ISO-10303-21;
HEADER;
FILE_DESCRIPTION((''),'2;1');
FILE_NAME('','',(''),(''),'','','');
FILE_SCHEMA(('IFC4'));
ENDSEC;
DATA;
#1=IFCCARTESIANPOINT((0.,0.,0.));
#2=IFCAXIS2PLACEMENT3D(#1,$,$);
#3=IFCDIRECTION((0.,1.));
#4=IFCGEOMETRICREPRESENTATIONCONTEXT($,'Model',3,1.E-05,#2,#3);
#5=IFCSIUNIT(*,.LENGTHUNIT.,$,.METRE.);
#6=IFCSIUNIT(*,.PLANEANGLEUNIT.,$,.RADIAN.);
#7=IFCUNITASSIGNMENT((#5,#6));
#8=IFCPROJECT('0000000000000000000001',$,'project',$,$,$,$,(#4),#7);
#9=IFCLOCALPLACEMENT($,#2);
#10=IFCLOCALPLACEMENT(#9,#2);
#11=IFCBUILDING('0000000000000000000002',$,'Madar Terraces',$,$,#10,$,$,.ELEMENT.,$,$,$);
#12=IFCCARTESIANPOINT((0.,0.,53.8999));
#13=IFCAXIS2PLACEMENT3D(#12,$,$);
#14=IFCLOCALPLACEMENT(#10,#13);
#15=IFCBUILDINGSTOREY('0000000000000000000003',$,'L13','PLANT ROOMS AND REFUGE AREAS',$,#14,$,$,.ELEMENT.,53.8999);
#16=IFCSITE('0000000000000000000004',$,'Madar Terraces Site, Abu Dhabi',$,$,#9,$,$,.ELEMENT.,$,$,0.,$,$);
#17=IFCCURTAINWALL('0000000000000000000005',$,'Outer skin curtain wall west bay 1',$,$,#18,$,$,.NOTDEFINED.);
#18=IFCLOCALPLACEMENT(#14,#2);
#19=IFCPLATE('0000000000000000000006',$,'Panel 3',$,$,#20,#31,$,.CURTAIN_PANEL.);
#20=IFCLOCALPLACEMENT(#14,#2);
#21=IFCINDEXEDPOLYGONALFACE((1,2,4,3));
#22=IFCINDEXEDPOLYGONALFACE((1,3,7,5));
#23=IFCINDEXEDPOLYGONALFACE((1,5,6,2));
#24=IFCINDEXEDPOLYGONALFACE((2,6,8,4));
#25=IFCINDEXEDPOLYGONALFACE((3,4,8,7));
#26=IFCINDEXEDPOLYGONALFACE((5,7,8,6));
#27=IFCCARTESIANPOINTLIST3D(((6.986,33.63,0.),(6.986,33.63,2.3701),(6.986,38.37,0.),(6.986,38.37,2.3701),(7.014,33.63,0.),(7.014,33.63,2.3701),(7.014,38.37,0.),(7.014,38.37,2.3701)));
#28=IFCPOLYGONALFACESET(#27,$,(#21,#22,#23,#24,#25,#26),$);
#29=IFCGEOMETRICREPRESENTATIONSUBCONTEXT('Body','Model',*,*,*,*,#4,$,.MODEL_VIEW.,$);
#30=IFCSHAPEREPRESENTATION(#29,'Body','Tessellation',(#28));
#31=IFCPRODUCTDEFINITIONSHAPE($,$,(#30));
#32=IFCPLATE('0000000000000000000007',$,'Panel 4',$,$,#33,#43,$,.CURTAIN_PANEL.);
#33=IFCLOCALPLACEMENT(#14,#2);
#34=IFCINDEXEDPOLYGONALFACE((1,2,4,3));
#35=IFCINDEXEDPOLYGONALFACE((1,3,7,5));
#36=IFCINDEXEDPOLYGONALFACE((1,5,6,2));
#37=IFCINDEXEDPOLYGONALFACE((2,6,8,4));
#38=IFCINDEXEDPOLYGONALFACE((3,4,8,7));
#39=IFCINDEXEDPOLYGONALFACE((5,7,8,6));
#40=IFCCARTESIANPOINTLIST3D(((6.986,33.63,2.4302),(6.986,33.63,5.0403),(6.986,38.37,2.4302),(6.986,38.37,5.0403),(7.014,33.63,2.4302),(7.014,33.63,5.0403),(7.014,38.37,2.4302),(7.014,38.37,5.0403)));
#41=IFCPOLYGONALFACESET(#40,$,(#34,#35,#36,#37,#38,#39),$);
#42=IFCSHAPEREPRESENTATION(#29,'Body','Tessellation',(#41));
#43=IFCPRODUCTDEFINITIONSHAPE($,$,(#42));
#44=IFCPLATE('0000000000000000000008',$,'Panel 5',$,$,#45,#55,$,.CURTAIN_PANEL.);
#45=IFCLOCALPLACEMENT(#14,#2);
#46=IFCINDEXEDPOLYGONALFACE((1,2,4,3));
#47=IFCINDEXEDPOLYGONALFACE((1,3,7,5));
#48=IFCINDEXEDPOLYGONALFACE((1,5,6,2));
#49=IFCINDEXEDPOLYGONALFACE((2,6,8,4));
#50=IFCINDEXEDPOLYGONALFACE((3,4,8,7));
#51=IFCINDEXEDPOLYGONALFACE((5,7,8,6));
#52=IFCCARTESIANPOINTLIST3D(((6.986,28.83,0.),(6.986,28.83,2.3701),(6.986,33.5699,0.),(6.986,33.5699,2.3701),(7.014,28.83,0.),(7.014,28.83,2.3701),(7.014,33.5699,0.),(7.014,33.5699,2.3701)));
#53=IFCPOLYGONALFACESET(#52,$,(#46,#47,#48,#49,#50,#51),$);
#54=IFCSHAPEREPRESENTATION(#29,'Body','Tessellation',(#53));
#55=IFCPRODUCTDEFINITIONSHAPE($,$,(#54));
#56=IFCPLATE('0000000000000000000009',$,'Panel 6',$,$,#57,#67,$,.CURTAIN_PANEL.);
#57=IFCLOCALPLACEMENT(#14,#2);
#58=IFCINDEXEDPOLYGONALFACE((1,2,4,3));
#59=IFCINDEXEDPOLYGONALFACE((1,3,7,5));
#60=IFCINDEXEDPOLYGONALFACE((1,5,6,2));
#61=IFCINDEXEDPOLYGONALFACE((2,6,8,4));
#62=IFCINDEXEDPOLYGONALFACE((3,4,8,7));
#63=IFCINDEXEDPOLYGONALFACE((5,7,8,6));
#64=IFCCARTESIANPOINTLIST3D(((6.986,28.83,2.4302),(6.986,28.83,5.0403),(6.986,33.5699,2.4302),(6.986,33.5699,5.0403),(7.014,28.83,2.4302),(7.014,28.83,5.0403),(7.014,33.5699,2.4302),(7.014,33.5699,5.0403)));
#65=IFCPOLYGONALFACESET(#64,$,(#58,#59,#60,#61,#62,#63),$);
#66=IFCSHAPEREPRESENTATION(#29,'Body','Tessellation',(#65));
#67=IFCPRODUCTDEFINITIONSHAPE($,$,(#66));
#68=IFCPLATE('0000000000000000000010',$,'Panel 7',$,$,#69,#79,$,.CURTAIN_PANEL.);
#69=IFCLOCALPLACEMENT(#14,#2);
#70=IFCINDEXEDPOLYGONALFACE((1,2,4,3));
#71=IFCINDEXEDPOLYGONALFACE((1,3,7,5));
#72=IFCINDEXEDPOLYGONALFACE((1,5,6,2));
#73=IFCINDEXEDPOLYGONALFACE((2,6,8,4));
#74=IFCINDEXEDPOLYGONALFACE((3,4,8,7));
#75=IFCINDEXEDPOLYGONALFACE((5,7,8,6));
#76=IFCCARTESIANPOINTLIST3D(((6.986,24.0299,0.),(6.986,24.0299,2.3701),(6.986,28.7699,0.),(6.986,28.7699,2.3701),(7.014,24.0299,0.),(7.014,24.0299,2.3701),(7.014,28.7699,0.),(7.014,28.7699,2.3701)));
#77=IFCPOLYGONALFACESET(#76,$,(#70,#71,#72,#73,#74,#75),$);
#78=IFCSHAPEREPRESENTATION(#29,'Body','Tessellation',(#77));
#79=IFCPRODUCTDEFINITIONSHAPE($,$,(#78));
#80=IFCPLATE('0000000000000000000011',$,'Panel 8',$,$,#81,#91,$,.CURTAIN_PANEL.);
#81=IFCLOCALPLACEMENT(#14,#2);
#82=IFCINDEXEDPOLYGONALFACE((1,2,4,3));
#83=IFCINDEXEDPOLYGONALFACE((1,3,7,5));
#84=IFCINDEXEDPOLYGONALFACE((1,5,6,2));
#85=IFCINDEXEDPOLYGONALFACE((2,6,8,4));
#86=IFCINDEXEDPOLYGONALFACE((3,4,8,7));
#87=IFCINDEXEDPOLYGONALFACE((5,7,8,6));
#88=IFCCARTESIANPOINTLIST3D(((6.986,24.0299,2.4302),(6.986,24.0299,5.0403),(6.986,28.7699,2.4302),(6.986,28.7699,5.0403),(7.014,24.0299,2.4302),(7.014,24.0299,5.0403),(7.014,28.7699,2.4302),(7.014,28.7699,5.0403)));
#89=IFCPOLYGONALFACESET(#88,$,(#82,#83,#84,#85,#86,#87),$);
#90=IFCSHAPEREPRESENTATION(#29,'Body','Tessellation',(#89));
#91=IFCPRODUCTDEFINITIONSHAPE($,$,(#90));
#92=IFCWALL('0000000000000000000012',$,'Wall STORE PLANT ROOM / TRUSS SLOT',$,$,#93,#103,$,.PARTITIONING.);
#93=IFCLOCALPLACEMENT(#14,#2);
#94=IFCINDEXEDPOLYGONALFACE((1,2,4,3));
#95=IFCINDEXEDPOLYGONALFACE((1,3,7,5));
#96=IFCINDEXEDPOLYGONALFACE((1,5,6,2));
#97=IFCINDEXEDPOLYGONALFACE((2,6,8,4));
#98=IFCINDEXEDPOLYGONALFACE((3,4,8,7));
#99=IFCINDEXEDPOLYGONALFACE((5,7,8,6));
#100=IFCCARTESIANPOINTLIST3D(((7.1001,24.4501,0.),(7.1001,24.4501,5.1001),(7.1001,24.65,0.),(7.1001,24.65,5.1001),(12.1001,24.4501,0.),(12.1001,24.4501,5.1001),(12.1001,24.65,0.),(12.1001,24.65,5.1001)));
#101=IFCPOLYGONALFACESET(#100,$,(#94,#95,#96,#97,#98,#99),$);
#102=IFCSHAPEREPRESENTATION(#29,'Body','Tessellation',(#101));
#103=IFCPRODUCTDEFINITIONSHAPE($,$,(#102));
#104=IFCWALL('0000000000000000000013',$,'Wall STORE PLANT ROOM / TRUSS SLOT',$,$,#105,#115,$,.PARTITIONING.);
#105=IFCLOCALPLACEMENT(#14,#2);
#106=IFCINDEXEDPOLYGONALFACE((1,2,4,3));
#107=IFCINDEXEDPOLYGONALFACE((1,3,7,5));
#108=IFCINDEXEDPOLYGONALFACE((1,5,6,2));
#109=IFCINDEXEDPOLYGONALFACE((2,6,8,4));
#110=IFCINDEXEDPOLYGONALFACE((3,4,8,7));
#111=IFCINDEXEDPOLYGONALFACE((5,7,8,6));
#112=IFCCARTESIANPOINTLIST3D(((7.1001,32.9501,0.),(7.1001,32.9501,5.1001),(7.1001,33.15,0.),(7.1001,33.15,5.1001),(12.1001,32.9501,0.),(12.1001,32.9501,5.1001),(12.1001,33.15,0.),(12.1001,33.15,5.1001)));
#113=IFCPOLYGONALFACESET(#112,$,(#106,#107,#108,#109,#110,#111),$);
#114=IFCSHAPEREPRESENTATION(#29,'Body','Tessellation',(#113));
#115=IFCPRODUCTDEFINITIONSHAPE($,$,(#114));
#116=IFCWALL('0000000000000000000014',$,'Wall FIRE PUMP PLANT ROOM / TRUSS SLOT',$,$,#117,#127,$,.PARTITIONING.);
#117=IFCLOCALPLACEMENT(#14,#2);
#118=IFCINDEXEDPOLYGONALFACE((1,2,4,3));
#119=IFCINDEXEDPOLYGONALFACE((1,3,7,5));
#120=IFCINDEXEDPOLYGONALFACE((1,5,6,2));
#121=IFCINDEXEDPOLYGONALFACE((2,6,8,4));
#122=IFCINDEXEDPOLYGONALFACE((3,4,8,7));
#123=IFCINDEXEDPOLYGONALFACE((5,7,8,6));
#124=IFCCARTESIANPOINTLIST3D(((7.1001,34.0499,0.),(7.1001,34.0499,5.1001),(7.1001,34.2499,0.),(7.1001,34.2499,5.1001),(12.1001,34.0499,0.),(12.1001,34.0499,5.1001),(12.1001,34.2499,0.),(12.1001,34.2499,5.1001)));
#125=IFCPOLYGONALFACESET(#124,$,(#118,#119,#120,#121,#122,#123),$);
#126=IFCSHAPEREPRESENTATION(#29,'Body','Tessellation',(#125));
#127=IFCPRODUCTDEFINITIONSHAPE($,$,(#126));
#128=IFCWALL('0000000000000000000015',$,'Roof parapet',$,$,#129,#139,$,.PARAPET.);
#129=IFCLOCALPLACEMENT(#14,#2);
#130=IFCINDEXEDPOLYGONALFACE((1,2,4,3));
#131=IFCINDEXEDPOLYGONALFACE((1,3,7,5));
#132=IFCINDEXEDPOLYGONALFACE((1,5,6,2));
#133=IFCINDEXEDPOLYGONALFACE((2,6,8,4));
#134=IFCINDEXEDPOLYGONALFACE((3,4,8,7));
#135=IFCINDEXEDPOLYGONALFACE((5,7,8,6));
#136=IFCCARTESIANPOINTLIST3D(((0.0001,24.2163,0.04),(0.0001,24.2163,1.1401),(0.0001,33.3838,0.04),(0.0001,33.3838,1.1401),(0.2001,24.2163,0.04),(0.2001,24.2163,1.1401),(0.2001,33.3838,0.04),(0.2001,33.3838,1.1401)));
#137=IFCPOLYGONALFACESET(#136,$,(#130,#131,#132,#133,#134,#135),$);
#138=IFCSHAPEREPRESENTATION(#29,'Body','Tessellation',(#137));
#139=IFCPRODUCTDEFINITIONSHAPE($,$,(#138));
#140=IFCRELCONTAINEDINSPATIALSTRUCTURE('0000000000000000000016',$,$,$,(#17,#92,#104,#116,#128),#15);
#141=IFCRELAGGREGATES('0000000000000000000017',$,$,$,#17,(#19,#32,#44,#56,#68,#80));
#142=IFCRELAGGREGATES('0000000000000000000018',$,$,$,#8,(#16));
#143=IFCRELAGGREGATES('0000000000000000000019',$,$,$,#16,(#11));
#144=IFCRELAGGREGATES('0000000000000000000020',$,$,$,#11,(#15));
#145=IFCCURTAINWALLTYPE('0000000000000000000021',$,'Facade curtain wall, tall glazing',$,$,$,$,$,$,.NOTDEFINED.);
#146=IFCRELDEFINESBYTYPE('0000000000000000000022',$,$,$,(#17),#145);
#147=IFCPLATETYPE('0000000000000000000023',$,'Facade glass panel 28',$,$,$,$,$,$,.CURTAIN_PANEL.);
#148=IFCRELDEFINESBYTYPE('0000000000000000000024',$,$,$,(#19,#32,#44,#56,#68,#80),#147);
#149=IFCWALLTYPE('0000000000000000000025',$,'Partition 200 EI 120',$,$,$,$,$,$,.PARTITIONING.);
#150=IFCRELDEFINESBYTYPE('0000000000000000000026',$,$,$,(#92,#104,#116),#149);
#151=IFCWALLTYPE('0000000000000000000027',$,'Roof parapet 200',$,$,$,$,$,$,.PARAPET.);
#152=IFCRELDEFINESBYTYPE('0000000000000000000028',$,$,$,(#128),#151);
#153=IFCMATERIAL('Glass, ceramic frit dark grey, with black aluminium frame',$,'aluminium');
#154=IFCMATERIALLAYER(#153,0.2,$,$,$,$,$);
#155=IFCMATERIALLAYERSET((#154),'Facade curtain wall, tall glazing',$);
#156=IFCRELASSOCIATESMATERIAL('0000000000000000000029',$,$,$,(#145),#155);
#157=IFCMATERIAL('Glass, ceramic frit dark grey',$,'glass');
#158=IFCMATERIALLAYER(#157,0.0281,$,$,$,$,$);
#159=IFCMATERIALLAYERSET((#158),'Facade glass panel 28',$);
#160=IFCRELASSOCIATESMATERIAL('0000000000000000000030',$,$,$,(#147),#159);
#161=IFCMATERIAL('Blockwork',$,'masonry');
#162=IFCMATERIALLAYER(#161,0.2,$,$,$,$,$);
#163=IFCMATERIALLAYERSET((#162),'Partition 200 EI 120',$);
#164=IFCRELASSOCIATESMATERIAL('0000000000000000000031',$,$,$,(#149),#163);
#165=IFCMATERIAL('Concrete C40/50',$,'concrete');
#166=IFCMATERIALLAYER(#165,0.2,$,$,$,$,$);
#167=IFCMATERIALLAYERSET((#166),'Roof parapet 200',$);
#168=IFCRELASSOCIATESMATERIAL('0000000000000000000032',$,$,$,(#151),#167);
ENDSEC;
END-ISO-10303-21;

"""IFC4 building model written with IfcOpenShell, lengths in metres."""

from ifc_helpers import new_model, si_unit, direction, frame, frame_2d, origin, origin_2d, place, context, subcontext, project, spatial, rectangle, extrude, material, layer, layer_set, type_object, element, aggregate, save


model = new_model("IFC4")

# Units and contexts
model_context = context("Model", 3, precision=1e-05, world=origin(), true_north=direction((0.0, 1.0)))
body_context = subcontext(model_context, "Body", "Model", "MODEL_VIEW")
ifc_project = project(units=[si_unit("LENGTHUNIT", "METRE"), si_unit("PLANEANGLEUNIT", "RADIAN")], contexts=[model_context])

# Site, building, storey
site_placement = place(None, origin())
site = spatial("IfcSite", under=ifc_project, at=site_placement, Name="Madar Terraces Site, Abu Dhabi", CompositionType="ELEMENT", RefElevation=0.0)
building_placement = place(site_placement, origin())
building = spatial("IfcBuilding", under=site, at=building_placement, Name="Madar Terraces", CompositionType="ELEMENT")
storey_placement = place(building_placement, frame((0.0, 0.0, 53.8999)))
storey = spatial("IfcBuildingStorey", under=building, at=storey_placement, Name="L13", Description="PLANT ROOMS AND REFUGE AREAS", CompositionType="ELEMENT", Elevation=53.8999)

# Curtain wall
ifc_material_1 = material(Name="Glass, ceramic frit dark grey, with black aluminium frame", Category="aluminium")
ifc_layer_1 = layer(ifc_material_1, 0.2)
ifc_layer_set_1 = layer_set([ifc_layer_1], Name="Facade curtain wall, tall glazing")
curtain_wall_type = type_object("IfcCurtainWallType", Name="Facade curtain wall, tall glazing", PredefinedType="NOTDEFINED", material=ifc_layer_set_1)
curtain_wall_placement = place(storey_placement, origin())
curtain_wall = element("IfcCurtainWall", 1, at=curtain_wall_placement, inside=storey, type_object=curtain_wall_type, Name="Outer skin curtain wall west bay 1", PredefinedType="NOTDEFINED")

# Plates
ifc_material_2 = material(Name="Glass, ceramic frit dark grey", Category="glass")
ifc_layer_2 = layer(ifc_material_2, 0.0281)
ifc_layer_set_2 = layer_set([ifc_layer_2], Name="Facade glass panel 28")
plate_type = type_object("IfcPlateType", Name="Facade glass panel 28", PredefinedType="CURTAIN_PANEL", material=ifc_layer_set_2)
plate_1_placement = place(storey_placement, frame((7.0, 36.0, 0.0), z_axis=(0.0, 0.0, 1.0), x_axis=(0.0, -1.0, 0.0)))
plate_1 = element("IfcPlate", 2, at=plate_1_placement, type_object=plate_type, Name="Panel 3", PredefinedType="CURTAIN_PANEL", context=body_context, shape_type="SweptSolid", body=[
    extrude(rectangle(XDim=4.74, YDim=0.0281, at=origin_2d()), origin(), (0.0, 0.0, 1.0), 2.3701),
])
plate_2_placement = place(storey_placement, frame((7.0, 36.0, 2.4302), z_axis=(0.0, 0.0, 1.0), x_axis=(0.0, -1.0, 0.0)))
plate_2 = element("IfcPlate", 3, at=plate_2_placement, type_object=plate_type, Name="Panel 4", PredefinedType="CURTAIN_PANEL", context=body_context, shape_type="SweptSolid", body=[
    extrude(rectangle(XDim=4.74, YDim=0.0281, at=origin_2d()), origin(), (0.0, 0.0, 1.0), 2.6101),
])
plate_3_placement = place(storey_placement, frame((7.0, 31.2, 0.0), z_axis=(0.0, 0.0, 1.0), x_axis=(0.0, -1.0, 0.0)))
plate_3 = element("IfcPlate", 4, at=plate_3_placement, type_object=plate_type, Name="Panel 5", PredefinedType="CURTAIN_PANEL", context=body_context, shape_type="SweptSolid", body=[
    extrude(rectangle(XDim=4.74, YDim=0.0281, at=origin_2d()), origin(), (0.0, 0.0, 1.0), 2.3701),
])
plate_4_placement = place(storey_placement, frame((7.0, 31.2, 2.4302), z_axis=(0.0, 0.0, 1.0), x_axis=(0.0, -1.0, 0.0)))
plate_4 = element("IfcPlate", 5, at=plate_4_placement, type_object=plate_type, Name="Panel 6", PredefinedType="CURTAIN_PANEL", context=body_context, shape_type="SweptSolid", body=[
    extrude(rectangle(XDim=4.74, YDim=0.0281, at=origin_2d()), origin(), (0.0, 0.0, 1.0), 2.6101),
])
plate_5_placement = place(storey_placement, frame((7.0, 26.3999, 0.0), z_axis=(0.0, 0.0, 1.0), x_axis=(0.0, -1.0, 0.0)))
plate_5 = element("IfcPlate", 6, at=plate_5_placement, type_object=plate_type, Name="Panel 7", PredefinedType="CURTAIN_PANEL", context=body_context, shape_type="SweptSolid", body=[
    extrude(rectangle(XDim=4.74, YDim=0.0281, at=origin_2d()), origin(), (0.0, 0.0, 1.0), 2.3701),
])
plate_6_placement = place(storey_placement, frame((7.0, 26.3999, 2.4302), z_axis=(0.0, 0.0, 1.0), x_axis=(0.0, -1.0, 0.0)))
plate_6 = element("IfcPlate", 7, at=plate_6_placement, type_object=plate_type, Name="Panel 8", PredefinedType="CURTAIN_PANEL", context=body_context, shape_type="SweptSolid", body=[
    extrude(rectangle(XDim=4.74, YDim=0.0281, at=origin_2d()), origin(), (0.0, 0.0, 1.0), 2.6101),
])
aggregate(curtain_wall, [plate_1, plate_2, plate_3, plate_4, plate_5, plate_6])

# Walls
ifc_material_3 = material(Name="Blockwork", Category="masonry")
ifc_layer_3 = layer(ifc_material_3, 0.2)
ifc_layer_set_3 = layer_set([ifc_layer_3], Name="Partition 200 EI 120")
wall_type_1 = type_object("IfcWallType", Name="Partition 200 EI 120", PredefinedType="PARTITIONING", material=ifc_layer_set_3)
for number, where, z_axis, x_axis, name in (
    (8, (7.1001, 24.55, 0.0), (0.0, 0.0, 1.0), (1.0, 0.0, 0.0), "Wall STORE PLANT ROOM / TRUSS SLOT"),
    (9, (7.1001, 33.05, 0.0), (0.0, 0.0, 1.0), (1.0, 0.0, 0.0), "Wall STORE PLANT ROOM / TRUSS SLOT"),
    (10, (7.1001, 34.1499, 0.0), (0.0, 0.0, 1.0), (1.0, 0.0, 0.0), "Wall FIRE PUMP PLANT ROOM / TRUSS SLOT"),
):
    element("IfcWall", number, at=place(storey_placement, frame(where, z_axis=z_axis, x_axis=x_axis)), inside=storey, type_object=wall_type_1, Name=name, PredefinedType="PARTITIONING", context=body_context, shape_type="SweptSolid", body=[
        extrude(rectangle(XDim=5.0, YDim=0.2, at=frame_2d((2.5, 0.0))), origin(), (0.0, 0.0, 1.0), 5.1001),
    ])
ifc_material_4 = material(Name="Concrete C40/50", Category="concrete")
ifc_layer_4 = layer(ifc_material_4, 0.2)
ifc_layer_set_4 = layer_set([ifc_layer_4], Name="Roof parapet 200")
wall_type_2 = type_object("IfcWallType", Name="Roof parapet 200", PredefinedType="PARAPET", material=ifc_layer_set_4)
wall_placement = place(storey_placement, frame((0.1001, 33.3838, 0.04), z_axis=(0.0, 0.0, 1.0), x_axis=(0.0, -1.0, 0.0)))
element("IfcWall", 11, at=wall_placement, inside=storey, type_object=wall_type_2, Name="Roof parapet", PredefinedType="PARAPET", context=body_context, shape_type="SweptSolid", body=[
    extrude(rectangle(XDim=9.1675, YDim=0.2, at=frame_2d((4.5837, 0.0))), origin(), (0.0, 0.0, 1.0), 1.1001),
])

save(model, "model.ifc")
